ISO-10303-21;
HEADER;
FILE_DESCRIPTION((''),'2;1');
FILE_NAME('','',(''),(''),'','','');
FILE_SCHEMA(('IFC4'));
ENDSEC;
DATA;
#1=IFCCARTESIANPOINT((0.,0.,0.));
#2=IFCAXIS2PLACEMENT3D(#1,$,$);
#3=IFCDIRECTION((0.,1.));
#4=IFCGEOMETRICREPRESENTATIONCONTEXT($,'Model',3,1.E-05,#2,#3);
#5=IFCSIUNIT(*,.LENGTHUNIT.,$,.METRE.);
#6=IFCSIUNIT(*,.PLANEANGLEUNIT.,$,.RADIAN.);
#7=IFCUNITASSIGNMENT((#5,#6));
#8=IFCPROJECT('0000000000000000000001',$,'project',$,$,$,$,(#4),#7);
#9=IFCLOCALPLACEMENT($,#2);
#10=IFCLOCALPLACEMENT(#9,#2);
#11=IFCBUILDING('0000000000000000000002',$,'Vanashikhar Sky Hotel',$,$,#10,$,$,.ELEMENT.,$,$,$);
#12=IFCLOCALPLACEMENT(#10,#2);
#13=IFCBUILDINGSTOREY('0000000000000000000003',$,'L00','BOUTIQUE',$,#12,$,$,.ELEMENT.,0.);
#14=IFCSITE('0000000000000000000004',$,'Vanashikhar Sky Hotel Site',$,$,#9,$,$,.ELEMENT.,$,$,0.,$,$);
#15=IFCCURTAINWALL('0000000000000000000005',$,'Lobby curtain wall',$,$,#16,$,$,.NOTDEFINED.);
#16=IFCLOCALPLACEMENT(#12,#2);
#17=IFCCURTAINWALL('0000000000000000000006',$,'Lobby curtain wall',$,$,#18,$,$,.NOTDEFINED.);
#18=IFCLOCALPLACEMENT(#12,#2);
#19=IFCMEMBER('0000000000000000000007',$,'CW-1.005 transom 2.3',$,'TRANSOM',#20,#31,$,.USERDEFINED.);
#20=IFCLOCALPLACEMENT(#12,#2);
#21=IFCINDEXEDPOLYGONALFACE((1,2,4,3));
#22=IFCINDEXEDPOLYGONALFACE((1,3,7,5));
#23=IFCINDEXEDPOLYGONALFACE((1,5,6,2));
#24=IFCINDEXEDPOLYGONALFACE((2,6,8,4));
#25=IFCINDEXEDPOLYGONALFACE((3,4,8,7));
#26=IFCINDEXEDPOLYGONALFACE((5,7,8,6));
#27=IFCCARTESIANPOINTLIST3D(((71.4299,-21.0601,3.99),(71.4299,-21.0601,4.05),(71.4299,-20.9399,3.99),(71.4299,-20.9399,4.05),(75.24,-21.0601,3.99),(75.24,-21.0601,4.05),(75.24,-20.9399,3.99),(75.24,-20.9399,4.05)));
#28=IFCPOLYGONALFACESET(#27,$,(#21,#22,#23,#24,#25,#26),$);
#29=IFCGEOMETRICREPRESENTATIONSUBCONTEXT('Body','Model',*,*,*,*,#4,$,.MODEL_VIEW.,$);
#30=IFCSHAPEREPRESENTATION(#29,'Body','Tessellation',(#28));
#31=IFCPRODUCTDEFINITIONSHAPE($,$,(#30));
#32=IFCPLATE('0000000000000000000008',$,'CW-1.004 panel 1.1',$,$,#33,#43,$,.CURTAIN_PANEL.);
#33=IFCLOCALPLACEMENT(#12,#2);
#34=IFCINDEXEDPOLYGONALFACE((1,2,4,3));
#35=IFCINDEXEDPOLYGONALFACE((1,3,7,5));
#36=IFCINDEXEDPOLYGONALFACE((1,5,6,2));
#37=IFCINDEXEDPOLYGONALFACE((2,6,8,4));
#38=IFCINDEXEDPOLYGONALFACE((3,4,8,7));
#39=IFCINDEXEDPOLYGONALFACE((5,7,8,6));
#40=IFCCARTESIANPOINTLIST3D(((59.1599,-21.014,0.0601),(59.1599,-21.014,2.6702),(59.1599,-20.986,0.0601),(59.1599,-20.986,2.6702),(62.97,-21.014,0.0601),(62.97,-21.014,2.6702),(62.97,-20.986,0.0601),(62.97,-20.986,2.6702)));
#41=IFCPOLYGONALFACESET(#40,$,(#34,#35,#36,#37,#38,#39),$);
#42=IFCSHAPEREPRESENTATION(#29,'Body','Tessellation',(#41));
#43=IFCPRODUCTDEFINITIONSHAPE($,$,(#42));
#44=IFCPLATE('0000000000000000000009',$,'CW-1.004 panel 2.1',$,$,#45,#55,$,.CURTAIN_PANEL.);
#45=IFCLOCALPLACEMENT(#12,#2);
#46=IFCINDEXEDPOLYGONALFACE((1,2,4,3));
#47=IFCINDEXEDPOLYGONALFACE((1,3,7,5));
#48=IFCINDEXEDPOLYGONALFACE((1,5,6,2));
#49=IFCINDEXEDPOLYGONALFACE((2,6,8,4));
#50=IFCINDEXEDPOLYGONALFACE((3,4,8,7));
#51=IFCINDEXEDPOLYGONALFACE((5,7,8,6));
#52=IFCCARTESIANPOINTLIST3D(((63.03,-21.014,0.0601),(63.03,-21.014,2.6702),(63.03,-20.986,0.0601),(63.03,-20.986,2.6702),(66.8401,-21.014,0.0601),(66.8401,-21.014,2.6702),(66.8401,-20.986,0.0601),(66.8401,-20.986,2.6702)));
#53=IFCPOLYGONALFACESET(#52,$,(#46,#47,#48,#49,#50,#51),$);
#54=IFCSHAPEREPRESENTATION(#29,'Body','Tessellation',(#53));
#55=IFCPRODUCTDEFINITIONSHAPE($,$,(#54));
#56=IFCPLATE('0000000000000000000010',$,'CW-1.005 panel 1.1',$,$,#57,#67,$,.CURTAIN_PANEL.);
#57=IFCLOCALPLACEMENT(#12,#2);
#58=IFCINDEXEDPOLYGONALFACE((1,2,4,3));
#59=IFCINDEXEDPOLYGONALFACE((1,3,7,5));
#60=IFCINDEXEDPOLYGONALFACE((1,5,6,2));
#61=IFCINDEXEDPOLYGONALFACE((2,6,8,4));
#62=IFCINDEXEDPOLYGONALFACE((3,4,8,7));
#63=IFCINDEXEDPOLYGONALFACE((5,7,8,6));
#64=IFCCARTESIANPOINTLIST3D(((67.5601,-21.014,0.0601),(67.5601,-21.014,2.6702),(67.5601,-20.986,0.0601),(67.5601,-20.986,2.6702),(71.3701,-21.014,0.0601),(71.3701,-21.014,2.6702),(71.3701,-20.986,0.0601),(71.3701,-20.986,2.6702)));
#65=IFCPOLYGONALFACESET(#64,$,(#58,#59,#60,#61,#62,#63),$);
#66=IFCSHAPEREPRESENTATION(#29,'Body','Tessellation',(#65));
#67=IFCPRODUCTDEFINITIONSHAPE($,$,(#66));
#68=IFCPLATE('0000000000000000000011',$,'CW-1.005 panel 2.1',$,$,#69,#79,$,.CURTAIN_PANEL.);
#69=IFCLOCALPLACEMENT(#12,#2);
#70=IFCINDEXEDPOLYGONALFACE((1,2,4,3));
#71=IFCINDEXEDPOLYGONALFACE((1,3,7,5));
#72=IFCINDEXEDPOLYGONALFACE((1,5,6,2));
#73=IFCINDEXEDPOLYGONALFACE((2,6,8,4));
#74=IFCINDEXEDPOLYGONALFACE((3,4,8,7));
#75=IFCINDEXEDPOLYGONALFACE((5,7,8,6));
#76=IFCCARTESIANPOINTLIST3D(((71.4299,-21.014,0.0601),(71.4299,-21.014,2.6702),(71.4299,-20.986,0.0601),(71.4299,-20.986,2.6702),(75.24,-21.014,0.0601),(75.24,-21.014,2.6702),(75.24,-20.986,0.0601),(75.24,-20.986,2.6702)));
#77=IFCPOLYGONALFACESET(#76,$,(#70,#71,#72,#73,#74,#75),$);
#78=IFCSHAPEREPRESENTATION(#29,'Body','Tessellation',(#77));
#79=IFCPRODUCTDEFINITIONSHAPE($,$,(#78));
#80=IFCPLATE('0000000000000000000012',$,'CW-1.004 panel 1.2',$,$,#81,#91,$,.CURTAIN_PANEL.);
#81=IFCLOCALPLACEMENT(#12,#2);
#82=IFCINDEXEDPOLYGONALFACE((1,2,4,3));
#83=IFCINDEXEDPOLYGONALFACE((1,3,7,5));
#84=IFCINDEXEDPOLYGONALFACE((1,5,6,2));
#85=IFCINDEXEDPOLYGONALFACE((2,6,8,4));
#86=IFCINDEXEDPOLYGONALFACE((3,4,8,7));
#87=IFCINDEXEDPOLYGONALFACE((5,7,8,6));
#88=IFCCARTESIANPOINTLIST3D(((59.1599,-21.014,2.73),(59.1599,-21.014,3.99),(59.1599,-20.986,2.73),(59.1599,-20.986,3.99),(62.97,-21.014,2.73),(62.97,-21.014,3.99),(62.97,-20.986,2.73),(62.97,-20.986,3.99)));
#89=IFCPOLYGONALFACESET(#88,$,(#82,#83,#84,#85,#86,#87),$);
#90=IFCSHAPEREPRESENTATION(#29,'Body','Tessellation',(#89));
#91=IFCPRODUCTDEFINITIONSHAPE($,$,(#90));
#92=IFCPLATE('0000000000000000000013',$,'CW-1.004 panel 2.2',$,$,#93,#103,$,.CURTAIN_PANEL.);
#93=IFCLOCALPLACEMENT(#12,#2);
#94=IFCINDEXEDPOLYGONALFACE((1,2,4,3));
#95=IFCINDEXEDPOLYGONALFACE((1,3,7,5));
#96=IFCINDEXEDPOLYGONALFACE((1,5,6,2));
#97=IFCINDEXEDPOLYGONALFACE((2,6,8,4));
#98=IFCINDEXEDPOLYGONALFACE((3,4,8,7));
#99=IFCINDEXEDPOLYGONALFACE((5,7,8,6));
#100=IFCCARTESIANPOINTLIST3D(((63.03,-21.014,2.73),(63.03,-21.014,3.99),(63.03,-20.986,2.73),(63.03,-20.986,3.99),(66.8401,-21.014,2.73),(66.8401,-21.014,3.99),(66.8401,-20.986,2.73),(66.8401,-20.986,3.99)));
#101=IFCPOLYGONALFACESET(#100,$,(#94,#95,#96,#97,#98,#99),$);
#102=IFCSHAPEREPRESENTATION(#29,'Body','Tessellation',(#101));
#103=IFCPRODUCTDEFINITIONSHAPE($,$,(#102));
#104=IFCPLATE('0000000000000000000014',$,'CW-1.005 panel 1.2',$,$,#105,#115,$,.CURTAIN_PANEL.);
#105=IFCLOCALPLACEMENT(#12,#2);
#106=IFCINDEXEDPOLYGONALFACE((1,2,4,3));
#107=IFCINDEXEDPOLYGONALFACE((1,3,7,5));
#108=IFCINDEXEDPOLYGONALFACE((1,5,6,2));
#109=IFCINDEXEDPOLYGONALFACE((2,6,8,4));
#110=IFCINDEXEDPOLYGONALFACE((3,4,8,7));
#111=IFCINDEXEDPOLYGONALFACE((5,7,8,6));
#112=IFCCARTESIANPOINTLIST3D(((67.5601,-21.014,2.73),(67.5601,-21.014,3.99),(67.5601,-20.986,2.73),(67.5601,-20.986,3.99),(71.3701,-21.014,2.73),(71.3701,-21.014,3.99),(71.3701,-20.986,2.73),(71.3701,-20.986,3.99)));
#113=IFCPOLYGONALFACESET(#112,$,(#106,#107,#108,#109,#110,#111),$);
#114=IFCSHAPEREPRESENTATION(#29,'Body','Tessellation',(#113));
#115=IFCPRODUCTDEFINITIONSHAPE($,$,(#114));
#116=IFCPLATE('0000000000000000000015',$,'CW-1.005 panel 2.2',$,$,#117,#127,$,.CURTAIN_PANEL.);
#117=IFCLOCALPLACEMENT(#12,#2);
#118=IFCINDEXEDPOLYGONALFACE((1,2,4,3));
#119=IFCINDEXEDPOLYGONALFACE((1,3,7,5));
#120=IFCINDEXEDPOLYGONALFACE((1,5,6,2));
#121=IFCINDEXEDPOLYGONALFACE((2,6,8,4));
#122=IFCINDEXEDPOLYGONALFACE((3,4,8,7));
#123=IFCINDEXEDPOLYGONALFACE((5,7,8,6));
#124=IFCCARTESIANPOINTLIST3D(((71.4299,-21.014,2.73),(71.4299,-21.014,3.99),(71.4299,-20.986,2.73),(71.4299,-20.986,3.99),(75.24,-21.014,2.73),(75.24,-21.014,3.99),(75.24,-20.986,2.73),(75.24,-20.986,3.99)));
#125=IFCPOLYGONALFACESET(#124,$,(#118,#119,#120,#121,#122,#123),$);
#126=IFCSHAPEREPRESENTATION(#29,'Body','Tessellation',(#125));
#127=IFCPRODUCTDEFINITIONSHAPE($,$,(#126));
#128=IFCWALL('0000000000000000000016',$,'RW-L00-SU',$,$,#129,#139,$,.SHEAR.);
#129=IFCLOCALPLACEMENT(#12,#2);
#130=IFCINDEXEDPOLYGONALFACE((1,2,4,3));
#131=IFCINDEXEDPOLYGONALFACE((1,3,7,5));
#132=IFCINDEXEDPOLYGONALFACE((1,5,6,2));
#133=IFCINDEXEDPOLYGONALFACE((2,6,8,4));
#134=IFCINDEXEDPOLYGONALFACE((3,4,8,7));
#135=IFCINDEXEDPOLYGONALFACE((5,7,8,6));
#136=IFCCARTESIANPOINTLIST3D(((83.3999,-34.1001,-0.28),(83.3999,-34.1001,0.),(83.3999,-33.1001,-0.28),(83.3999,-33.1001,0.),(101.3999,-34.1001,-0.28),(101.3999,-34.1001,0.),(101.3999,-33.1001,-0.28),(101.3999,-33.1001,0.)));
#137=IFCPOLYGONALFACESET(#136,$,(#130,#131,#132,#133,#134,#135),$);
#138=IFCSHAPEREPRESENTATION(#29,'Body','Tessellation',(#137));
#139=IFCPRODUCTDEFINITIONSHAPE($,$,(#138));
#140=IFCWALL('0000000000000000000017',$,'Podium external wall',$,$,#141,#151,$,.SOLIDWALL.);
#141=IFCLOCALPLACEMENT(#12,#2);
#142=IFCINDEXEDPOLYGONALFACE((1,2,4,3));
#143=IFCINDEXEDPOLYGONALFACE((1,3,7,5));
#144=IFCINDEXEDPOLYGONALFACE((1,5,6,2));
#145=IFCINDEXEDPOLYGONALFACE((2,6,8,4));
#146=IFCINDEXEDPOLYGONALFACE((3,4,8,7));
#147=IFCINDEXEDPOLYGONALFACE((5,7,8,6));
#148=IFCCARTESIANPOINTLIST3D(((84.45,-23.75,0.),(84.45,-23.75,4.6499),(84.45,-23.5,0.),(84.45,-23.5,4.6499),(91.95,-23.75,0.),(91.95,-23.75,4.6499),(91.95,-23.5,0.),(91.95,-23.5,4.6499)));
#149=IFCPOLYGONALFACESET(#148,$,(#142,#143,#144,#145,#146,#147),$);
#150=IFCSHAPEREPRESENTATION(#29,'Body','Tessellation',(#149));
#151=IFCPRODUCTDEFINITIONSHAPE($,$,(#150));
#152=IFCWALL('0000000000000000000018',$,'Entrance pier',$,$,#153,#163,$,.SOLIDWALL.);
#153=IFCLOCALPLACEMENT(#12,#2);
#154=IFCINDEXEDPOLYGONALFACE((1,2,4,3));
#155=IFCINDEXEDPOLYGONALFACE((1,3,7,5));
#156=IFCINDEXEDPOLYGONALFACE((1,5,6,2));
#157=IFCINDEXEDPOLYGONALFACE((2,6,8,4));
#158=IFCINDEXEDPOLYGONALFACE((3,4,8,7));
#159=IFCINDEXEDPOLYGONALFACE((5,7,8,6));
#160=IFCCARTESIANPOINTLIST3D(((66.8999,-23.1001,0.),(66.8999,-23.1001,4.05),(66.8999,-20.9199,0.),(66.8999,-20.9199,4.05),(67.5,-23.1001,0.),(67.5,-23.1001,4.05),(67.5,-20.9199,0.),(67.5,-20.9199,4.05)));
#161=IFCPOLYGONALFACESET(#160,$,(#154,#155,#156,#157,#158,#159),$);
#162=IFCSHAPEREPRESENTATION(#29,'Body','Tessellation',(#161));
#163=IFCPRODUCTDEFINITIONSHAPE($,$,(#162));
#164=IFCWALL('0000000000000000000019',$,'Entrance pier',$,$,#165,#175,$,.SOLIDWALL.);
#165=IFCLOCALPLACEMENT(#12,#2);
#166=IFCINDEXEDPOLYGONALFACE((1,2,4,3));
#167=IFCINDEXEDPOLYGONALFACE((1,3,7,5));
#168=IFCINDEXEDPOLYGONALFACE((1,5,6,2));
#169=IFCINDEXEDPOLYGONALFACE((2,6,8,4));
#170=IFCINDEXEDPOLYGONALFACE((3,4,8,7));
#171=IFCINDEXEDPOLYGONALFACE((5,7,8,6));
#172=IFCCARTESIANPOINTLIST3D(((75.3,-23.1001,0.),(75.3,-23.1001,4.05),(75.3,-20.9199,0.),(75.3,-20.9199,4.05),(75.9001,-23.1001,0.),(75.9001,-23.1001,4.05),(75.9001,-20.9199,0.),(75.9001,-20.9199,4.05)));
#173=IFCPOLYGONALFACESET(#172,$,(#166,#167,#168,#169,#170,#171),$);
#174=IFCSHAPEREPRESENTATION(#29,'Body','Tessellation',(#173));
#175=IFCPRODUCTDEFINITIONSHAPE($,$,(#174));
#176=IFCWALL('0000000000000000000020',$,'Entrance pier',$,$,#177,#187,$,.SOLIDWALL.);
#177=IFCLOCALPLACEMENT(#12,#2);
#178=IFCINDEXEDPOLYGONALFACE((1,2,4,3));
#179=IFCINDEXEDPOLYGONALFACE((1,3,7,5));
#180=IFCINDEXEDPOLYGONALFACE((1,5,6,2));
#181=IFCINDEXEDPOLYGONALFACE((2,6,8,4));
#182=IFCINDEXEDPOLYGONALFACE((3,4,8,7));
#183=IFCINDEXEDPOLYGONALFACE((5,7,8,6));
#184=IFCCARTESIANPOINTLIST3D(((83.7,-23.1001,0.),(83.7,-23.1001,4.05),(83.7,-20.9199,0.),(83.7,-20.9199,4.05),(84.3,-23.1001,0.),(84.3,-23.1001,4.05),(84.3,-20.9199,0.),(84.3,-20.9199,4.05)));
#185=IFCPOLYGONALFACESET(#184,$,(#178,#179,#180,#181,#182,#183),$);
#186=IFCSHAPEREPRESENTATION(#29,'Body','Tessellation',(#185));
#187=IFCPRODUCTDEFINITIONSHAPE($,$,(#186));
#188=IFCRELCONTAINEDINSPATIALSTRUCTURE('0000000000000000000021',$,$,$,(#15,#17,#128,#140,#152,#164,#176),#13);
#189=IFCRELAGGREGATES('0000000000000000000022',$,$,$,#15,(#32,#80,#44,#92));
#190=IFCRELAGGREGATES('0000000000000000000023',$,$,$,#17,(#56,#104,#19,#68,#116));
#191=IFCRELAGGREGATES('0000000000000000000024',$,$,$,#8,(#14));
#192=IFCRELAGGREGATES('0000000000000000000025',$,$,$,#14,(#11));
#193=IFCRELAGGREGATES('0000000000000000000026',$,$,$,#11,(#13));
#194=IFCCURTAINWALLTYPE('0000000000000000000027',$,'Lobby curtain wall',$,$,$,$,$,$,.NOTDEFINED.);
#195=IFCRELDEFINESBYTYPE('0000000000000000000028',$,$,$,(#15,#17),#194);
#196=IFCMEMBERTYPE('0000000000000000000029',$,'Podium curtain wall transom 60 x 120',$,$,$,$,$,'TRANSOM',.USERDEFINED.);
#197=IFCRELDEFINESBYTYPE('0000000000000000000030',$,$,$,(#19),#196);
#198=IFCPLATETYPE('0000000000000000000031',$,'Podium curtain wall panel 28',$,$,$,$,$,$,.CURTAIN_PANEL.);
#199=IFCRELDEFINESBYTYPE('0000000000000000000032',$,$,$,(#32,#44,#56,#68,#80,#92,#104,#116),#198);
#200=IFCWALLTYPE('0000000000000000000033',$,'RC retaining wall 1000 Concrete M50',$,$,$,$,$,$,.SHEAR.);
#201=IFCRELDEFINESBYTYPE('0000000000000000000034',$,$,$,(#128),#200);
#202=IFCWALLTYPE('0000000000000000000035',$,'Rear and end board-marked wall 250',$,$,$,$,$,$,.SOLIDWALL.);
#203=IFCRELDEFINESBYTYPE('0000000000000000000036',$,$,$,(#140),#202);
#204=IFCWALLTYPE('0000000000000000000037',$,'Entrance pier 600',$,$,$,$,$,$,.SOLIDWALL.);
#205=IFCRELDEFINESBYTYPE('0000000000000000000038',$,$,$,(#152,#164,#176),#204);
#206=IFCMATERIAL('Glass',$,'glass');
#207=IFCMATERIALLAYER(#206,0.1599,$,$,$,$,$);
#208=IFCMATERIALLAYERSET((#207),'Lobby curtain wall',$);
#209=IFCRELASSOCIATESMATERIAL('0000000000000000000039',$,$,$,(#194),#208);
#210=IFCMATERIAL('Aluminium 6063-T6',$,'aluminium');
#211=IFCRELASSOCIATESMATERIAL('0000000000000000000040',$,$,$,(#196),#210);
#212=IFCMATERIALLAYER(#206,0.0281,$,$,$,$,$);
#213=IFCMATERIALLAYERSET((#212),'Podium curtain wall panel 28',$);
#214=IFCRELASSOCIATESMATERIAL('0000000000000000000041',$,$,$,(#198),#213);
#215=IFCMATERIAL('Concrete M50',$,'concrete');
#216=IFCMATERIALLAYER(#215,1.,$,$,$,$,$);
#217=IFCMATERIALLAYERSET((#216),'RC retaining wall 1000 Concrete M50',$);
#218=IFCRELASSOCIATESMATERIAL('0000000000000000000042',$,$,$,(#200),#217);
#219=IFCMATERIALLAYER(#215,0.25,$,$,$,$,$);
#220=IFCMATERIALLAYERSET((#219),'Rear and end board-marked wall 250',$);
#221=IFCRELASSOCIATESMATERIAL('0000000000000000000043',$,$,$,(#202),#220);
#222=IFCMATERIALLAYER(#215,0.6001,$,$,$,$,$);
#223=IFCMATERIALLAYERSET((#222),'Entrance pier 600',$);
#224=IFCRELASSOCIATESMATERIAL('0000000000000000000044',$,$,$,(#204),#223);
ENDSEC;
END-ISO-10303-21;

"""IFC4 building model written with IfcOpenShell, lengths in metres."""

from ifc_helpers import new_model, si_unit, direction, frame, frame_2d, origin, origin_2d, place, context, subcontext, project, spatial, rectangle, extrude, source, transform, mapped, material, layer, layer_set, material_profile, profile_set, type_object, element, aggregate, save


model = new_model("IFC4")

# Units and contexts
model_context = context("Model", 3, precision=1e-05, world=origin(), true_north=direction((0.0, 1.0)))
body_context = subcontext(model_context, "Body", "Model", "MODEL_VIEW")
ifc_project = project(units=[si_unit("LENGTHUNIT", "METRE"), si_unit("PLANEANGLEUNIT", "RADIAN")], contexts=[model_context])

# Site, building, storey
site_placement = place(None, origin())
site = spatial("IfcSite", under=ifc_project, at=site_placement, Name="Vanashikhar Sky Hotel Site", CompositionType="ELEMENT", RefElevation=0.0)
building_placement = place(site_placement, origin())
building = spatial("IfcBuilding", under=site, at=building_placement, Name="Vanashikhar Sky Hotel", CompositionType="ELEMENT")
storey_placement = place(building_placement, origin())
storey = spatial("IfcBuildingStorey", under=building, at=storey_placement, Name="L00", Description="BOUTIQUE", CompositionType="ELEMENT", Elevation=0.0)

# Curtain walls
ifc_material_1 = material(Name="Glass", Category="glass")
ifc_layer_1 = layer(ifc_material_1, 0.1599)
ifc_layer_set_1 = layer_set([ifc_layer_1], Name="Lobby curtain wall")
curtain_wall_type = type_object("IfcCurtainWallType", Name="Lobby curtain wall", PredefinedType="NOTDEFINED", material=ifc_layer_set_1)
curtain_wall_1_placement = place(storey_placement, origin())
curtain_wall_1 = element("IfcCurtainWall", 1, at=curtain_wall_1_placement, inside=storey, type_object=curtain_wall_type, Name="Lobby curtain wall", PredefinedType="NOTDEFINED")
ifc_material_2 = material(Name="Aluminium 6063-T6", Category="aluminium")
curtain_wall_2_placement = place(storey_placement, origin())
curtain_wall_2 = element("IfcCurtainWall", 2, at=curtain_wall_2_placement, inside=storey, type_object=curtain_wall_type, Name="Lobby curtain wall", PredefinedType="NOTDEFINED")

# Member
ifc_material_profile_1 = material_profile(ifc_material_2, rectangle(XDim=0.1201, YDim=0.0601, at=origin_2d()))
ifc_profile_set_1 = profile_set([ifc_material_profile_1], Name="Aluminium 6063-T6")
member_type_1 = type_object("IfcMemberType", Name="Podium curtain wall transom 60 x 120", ElementType="TRANSOM", PredefinedType="USERDEFINED", material=ifc_profile_set_1)
shared_shape_1 = source(origin(), body_context, "Body", "SweptSolid", [
    extrude(rectangle(XDim=0.1201, YDim=0.0601, at=origin_2d()), origin(), (0.0, 0.0, 1.0), 3.8101),
])
member_1_placement = place(storey_placement, frame((71.4299, -21.0, 4.02), z_axis=(1.0, 0.0, 0.0), x_axis=(0.0, 1.0, 0.0)))
member_1 = element("IfcMember", 3, at=member_1_placement, type_object=member_type_1, Name="CW-1.005 transom 2.3", ObjectType="TRANSOM", PredefinedType="USERDEFINED", context=body_context, shape_type="MappedRepresentation", body=[
    mapped(shared_shape_1, transform((0.0, 0.0, 0.0), scale=1.0)),
])

# Plates
ifc_layer_2 = layer(ifc_material_1, 0.0281)
ifc_layer_set_2 = layer_set([ifc_layer_2], Name="Podium curtain wall panel 28")
plate_type = type_object("IfcPlateType", Name="Podium curtain wall panel 28", PredefinedType="CURTAIN_PANEL", material=ifc_layer_set_2)
shared_shape_2 = source(origin(), body_context, "Body", "SweptSolid", [
    extrude(rectangle(XDim=3.8101, YDim=0.0281, at=origin_2d()), origin(), (0.0, 0.0, 1.0), 2.6101),
])
plate_1_placement = place(storey_placement, frame((61.0649, -21.0, 0.0601), z_axis=(0.0, 0.0, 1.0), x_axis=(1.0, 0.0, 0.0)))
plate_1 = element("IfcPlate", 4, at=plate_1_placement, type_object=plate_type, Name="CW-1.004 panel 1.1", PredefinedType="CURTAIN_PANEL", context=body_context, shape_type="MappedRepresentation", body=[
    mapped(shared_shape_2, transform((0.0, 0.0, 0.0), scale=1.0)),
])
plate_2_placement = place(storey_placement, frame((64.9351, -21.0, 0.0601), z_axis=(0.0, 0.0, 1.0), x_axis=(1.0, 0.0, 0.0)))
plate_2 = element("IfcPlate", 5, at=plate_2_placement, type_object=plate_type, Name="CW-1.004 panel 2.1", PredefinedType="CURTAIN_PANEL", context=body_context, shape_type="MappedRepresentation", body=[
    mapped(shared_shape_2, transform((0.0, 0.0, 0.0), scale=1.0)),
])
plate_3_placement = place(storey_placement, frame((69.4651, -21.0, 0.0601), z_axis=(0.0, 0.0, 1.0), x_axis=(1.0, 0.0, 0.0)))
plate_3 = element("IfcPlate", 6, at=plate_3_placement, type_object=plate_type, Name="CW-1.005 panel 1.1", PredefinedType="CURTAIN_PANEL", context=body_context, shape_type="MappedRepresentation", body=[
    mapped(shared_shape_2, transform((0.0, 0.0, 0.0), scale=1.0)),
])
plate_4_placement = place(storey_placement, frame((73.335, -21.0, 0.0601), z_axis=(0.0, 0.0, 1.0), x_axis=(1.0, 0.0, 0.0)))
plate_4 = element("IfcPlate", 7, at=plate_4_placement, type_object=plate_type, Name="CW-1.005 panel 2.1", PredefinedType="CURTAIN_PANEL", context=body_context, shape_type="MappedRepresentation", body=[
    mapped(shared_shape_2, transform((0.0, 0.0, 0.0), scale=1.0)),
])
shared_shape_3 = source(origin(), body_context, "Body", "SweptSolid", [
    extrude(rectangle(XDim=3.8101, YDim=0.0281, at=origin_2d()), origin(), (0.0, 0.0, 1.0), 1.26),
])
plate_5_placement = place(storey_placement, frame((61.0649, -21.0, 2.73), z_axis=(0.0, 0.0, 1.0), x_axis=(1.0, 0.0, 0.0)))
plate_5 = element("IfcPlate", 8, at=plate_5_placement, type_object=plate_type, Name="CW-1.004 panel 1.2", PredefinedType="CURTAIN_PANEL", context=body_context, shape_type="MappedRepresentation", body=[
    mapped(shared_shape_3, transform((0.0, 0.0, 0.0), scale=1.0)),
])
plate_6_placement = place(storey_placement, frame((64.9351, -21.0, 2.73), z_axis=(0.0, 0.0, 1.0), x_axis=(1.0, 0.0, 0.0)))
plate_6 = element("IfcPlate", 9, at=plate_6_placement, type_object=plate_type, Name="CW-1.004 panel 2.2", PredefinedType="CURTAIN_PANEL", context=body_context, shape_type="MappedRepresentation", body=[
    mapped(shared_shape_3, transform((0.0, 0.0, 0.0), scale=1.0)),
])
aggregate(curtain_wall_1, [plate_1, plate_5, plate_2, plate_6])
plate_7_placement = place(storey_placement, frame((69.4651, -21.0, 2.73), z_axis=(0.0, 0.0, 1.0), x_axis=(1.0, 0.0, 0.0)))
plate_7 = element("IfcPlate", 10, at=plate_7_placement, type_object=plate_type, Name="CW-1.005 panel 1.2", PredefinedType="CURTAIN_PANEL", context=body_context, shape_type="MappedRepresentation", body=[
    mapped(shared_shape_3, transform((0.0, 0.0, 0.0), scale=1.0)),
])
plate_8_placement = place(storey_placement, frame((73.335, -21.0, 2.73), z_axis=(0.0, 0.0, 1.0), x_axis=(1.0, 0.0, 0.0)))
plate_8 = element("IfcPlate", 11, at=plate_8_placement, type_object=plate_type, Name="CW-1.005 panel 2.2", PredefinedType="CURTAIN_PANEL", context=body_context, shape_type="MappedRepresentation", body=[
    mapped(shared_shape_3, transform((0.0, 0.0, 0.0), scale=1.0)),
])
aggregate(curtain_wall_2, [plate_3, plate_7, member_1, plate_4, plate_8])

# Walls
ifc_material_3 = material(Name="Concrete M50", Category="concrete")
ifc_layer_3 = layer(ifc_material_3, 1.0)
ifc_layer_set_3 = layer_set([ifc_layer_3], Name="RC retaining wall 1000 Concrete M50")
wall_type_1 = type_object("IfcWallType", Name="RC retaining wall 1000 Concrete M50", PredefinedType="SHEAR", material=ifc_layer_set_3)
shared_shape_4 = source(origin(), body_context, "Body", "SweptSolid", [
    extrude(rectangle(XDim=18.0, YDim=1.0, at=frame_2d((9.0, 0.0))), origin(), (0.0, 0.0, 1.0), 0.28),
])
wall_1_placement = place(storey_placement, frame((83.3999, -33.6001, -0.28), z_axis=(0.0, 0.0, 1.0), x_axis=(1.0, 0.0, 0.0)))
element("IfcWall", 12, at=wall_1_placement, inside=storey, type_object=wall_type_1, Name="RW-L00-SU", PredefinedType="SHEAR", context=body_context, shape_type="MappedRepresentation", body=[
    mapped(shared_shape_4, transform((0.0, 0.0, 0.0), scale=1.0)),
])
ifc_layer_4 = layer(ifc_material_3, 0.25)
ifc_layer_set_4 = layer_set([ifc_layer_4], Name="Rear and end board-marked wall 250")
wall_type_2 = type_object("IfcWallType", Name="Rear and end board-marked wall 250", PredefinedType="SOLIDWALL", material=ifc_layer_set_4)
shared_shape_5 = source(origin(), body_context, "Body", "SweptSolid", [
    extrude(rectangle(XDim=7.5, YDim=0.25, at=frame_2d((3.75, 0.0))), origin(), (0.0, 0.0, 1.0), 4.6499),
])
wall_2_placement = place(storey_placement, frame((84.45, -23.625, 0.0), z_axis=(0.0, 0.0, 1.0), x_axis=(1.0, 0.0, 0.0)))
element("IfcWall", 13, at=wall_2_placement, inside=storey, type_object=wall_type_2, Name="Podium external wall", PredefinedType="SOLIDWALL", context=body_context, shape_type="MappedRepresentation", body=[
    mapped(shared_shape_5, transform((0.0, 0.0, 0.0), scale=1.0)),
])
ifc_layer_5 = layer(ifc_material_3, 0.6001)
ifc_layer_set_5 = layer_set([ifc_layer_5], Name="Entrance pier 600")
wall_type_3 = type_object("IfcWallType", Name="Entrance pier 600", PredefinedType="SOLIDWALL", material=ifc_layer_set_5)
shared_shape_6 = source(origin(), body_context, "Body", "SweptSolid", [
    extrude(rectangle(XDim=2.1802, YDim=0.6001, at=frame_2d((1.0901, 0.0))), origin(), (0.0, 0.0, 1.0), 4.05),
])
for number, where, z_axis, x_axis, name in (
    (14, (67.2, -23.1001, 0.0), (0.0, 0.0, 1.0), (0.0, 1.0, 0.0), "Entrance pier"),
    (15, (75.6001, -23.1001, 0.0), (0.0, 0.0, 1.0), (0.0, 1.0, 0.0), "Entrance pier"),
    (16, (84.0, -23.1001, 0.0), (0.0, 0.0, 1.0), (0.0, 1.0, 0.0), "Entrance pier"),
):
    element("IfcWall", number, at=place(storey_placement, frame(where, z_axis=z_axis, x_axis=x_axis)), inside=storey, type_object=wall_type_3, Name=name, PredefinedType="SOLIDWALL", context=body_context, shape_type="MappedRepresentation", body=[
        mapped(shared_shape_6, transform((0.0, 0.0, 0.0), scale=1.0)),
    ])

save(model, "model.ifc")
